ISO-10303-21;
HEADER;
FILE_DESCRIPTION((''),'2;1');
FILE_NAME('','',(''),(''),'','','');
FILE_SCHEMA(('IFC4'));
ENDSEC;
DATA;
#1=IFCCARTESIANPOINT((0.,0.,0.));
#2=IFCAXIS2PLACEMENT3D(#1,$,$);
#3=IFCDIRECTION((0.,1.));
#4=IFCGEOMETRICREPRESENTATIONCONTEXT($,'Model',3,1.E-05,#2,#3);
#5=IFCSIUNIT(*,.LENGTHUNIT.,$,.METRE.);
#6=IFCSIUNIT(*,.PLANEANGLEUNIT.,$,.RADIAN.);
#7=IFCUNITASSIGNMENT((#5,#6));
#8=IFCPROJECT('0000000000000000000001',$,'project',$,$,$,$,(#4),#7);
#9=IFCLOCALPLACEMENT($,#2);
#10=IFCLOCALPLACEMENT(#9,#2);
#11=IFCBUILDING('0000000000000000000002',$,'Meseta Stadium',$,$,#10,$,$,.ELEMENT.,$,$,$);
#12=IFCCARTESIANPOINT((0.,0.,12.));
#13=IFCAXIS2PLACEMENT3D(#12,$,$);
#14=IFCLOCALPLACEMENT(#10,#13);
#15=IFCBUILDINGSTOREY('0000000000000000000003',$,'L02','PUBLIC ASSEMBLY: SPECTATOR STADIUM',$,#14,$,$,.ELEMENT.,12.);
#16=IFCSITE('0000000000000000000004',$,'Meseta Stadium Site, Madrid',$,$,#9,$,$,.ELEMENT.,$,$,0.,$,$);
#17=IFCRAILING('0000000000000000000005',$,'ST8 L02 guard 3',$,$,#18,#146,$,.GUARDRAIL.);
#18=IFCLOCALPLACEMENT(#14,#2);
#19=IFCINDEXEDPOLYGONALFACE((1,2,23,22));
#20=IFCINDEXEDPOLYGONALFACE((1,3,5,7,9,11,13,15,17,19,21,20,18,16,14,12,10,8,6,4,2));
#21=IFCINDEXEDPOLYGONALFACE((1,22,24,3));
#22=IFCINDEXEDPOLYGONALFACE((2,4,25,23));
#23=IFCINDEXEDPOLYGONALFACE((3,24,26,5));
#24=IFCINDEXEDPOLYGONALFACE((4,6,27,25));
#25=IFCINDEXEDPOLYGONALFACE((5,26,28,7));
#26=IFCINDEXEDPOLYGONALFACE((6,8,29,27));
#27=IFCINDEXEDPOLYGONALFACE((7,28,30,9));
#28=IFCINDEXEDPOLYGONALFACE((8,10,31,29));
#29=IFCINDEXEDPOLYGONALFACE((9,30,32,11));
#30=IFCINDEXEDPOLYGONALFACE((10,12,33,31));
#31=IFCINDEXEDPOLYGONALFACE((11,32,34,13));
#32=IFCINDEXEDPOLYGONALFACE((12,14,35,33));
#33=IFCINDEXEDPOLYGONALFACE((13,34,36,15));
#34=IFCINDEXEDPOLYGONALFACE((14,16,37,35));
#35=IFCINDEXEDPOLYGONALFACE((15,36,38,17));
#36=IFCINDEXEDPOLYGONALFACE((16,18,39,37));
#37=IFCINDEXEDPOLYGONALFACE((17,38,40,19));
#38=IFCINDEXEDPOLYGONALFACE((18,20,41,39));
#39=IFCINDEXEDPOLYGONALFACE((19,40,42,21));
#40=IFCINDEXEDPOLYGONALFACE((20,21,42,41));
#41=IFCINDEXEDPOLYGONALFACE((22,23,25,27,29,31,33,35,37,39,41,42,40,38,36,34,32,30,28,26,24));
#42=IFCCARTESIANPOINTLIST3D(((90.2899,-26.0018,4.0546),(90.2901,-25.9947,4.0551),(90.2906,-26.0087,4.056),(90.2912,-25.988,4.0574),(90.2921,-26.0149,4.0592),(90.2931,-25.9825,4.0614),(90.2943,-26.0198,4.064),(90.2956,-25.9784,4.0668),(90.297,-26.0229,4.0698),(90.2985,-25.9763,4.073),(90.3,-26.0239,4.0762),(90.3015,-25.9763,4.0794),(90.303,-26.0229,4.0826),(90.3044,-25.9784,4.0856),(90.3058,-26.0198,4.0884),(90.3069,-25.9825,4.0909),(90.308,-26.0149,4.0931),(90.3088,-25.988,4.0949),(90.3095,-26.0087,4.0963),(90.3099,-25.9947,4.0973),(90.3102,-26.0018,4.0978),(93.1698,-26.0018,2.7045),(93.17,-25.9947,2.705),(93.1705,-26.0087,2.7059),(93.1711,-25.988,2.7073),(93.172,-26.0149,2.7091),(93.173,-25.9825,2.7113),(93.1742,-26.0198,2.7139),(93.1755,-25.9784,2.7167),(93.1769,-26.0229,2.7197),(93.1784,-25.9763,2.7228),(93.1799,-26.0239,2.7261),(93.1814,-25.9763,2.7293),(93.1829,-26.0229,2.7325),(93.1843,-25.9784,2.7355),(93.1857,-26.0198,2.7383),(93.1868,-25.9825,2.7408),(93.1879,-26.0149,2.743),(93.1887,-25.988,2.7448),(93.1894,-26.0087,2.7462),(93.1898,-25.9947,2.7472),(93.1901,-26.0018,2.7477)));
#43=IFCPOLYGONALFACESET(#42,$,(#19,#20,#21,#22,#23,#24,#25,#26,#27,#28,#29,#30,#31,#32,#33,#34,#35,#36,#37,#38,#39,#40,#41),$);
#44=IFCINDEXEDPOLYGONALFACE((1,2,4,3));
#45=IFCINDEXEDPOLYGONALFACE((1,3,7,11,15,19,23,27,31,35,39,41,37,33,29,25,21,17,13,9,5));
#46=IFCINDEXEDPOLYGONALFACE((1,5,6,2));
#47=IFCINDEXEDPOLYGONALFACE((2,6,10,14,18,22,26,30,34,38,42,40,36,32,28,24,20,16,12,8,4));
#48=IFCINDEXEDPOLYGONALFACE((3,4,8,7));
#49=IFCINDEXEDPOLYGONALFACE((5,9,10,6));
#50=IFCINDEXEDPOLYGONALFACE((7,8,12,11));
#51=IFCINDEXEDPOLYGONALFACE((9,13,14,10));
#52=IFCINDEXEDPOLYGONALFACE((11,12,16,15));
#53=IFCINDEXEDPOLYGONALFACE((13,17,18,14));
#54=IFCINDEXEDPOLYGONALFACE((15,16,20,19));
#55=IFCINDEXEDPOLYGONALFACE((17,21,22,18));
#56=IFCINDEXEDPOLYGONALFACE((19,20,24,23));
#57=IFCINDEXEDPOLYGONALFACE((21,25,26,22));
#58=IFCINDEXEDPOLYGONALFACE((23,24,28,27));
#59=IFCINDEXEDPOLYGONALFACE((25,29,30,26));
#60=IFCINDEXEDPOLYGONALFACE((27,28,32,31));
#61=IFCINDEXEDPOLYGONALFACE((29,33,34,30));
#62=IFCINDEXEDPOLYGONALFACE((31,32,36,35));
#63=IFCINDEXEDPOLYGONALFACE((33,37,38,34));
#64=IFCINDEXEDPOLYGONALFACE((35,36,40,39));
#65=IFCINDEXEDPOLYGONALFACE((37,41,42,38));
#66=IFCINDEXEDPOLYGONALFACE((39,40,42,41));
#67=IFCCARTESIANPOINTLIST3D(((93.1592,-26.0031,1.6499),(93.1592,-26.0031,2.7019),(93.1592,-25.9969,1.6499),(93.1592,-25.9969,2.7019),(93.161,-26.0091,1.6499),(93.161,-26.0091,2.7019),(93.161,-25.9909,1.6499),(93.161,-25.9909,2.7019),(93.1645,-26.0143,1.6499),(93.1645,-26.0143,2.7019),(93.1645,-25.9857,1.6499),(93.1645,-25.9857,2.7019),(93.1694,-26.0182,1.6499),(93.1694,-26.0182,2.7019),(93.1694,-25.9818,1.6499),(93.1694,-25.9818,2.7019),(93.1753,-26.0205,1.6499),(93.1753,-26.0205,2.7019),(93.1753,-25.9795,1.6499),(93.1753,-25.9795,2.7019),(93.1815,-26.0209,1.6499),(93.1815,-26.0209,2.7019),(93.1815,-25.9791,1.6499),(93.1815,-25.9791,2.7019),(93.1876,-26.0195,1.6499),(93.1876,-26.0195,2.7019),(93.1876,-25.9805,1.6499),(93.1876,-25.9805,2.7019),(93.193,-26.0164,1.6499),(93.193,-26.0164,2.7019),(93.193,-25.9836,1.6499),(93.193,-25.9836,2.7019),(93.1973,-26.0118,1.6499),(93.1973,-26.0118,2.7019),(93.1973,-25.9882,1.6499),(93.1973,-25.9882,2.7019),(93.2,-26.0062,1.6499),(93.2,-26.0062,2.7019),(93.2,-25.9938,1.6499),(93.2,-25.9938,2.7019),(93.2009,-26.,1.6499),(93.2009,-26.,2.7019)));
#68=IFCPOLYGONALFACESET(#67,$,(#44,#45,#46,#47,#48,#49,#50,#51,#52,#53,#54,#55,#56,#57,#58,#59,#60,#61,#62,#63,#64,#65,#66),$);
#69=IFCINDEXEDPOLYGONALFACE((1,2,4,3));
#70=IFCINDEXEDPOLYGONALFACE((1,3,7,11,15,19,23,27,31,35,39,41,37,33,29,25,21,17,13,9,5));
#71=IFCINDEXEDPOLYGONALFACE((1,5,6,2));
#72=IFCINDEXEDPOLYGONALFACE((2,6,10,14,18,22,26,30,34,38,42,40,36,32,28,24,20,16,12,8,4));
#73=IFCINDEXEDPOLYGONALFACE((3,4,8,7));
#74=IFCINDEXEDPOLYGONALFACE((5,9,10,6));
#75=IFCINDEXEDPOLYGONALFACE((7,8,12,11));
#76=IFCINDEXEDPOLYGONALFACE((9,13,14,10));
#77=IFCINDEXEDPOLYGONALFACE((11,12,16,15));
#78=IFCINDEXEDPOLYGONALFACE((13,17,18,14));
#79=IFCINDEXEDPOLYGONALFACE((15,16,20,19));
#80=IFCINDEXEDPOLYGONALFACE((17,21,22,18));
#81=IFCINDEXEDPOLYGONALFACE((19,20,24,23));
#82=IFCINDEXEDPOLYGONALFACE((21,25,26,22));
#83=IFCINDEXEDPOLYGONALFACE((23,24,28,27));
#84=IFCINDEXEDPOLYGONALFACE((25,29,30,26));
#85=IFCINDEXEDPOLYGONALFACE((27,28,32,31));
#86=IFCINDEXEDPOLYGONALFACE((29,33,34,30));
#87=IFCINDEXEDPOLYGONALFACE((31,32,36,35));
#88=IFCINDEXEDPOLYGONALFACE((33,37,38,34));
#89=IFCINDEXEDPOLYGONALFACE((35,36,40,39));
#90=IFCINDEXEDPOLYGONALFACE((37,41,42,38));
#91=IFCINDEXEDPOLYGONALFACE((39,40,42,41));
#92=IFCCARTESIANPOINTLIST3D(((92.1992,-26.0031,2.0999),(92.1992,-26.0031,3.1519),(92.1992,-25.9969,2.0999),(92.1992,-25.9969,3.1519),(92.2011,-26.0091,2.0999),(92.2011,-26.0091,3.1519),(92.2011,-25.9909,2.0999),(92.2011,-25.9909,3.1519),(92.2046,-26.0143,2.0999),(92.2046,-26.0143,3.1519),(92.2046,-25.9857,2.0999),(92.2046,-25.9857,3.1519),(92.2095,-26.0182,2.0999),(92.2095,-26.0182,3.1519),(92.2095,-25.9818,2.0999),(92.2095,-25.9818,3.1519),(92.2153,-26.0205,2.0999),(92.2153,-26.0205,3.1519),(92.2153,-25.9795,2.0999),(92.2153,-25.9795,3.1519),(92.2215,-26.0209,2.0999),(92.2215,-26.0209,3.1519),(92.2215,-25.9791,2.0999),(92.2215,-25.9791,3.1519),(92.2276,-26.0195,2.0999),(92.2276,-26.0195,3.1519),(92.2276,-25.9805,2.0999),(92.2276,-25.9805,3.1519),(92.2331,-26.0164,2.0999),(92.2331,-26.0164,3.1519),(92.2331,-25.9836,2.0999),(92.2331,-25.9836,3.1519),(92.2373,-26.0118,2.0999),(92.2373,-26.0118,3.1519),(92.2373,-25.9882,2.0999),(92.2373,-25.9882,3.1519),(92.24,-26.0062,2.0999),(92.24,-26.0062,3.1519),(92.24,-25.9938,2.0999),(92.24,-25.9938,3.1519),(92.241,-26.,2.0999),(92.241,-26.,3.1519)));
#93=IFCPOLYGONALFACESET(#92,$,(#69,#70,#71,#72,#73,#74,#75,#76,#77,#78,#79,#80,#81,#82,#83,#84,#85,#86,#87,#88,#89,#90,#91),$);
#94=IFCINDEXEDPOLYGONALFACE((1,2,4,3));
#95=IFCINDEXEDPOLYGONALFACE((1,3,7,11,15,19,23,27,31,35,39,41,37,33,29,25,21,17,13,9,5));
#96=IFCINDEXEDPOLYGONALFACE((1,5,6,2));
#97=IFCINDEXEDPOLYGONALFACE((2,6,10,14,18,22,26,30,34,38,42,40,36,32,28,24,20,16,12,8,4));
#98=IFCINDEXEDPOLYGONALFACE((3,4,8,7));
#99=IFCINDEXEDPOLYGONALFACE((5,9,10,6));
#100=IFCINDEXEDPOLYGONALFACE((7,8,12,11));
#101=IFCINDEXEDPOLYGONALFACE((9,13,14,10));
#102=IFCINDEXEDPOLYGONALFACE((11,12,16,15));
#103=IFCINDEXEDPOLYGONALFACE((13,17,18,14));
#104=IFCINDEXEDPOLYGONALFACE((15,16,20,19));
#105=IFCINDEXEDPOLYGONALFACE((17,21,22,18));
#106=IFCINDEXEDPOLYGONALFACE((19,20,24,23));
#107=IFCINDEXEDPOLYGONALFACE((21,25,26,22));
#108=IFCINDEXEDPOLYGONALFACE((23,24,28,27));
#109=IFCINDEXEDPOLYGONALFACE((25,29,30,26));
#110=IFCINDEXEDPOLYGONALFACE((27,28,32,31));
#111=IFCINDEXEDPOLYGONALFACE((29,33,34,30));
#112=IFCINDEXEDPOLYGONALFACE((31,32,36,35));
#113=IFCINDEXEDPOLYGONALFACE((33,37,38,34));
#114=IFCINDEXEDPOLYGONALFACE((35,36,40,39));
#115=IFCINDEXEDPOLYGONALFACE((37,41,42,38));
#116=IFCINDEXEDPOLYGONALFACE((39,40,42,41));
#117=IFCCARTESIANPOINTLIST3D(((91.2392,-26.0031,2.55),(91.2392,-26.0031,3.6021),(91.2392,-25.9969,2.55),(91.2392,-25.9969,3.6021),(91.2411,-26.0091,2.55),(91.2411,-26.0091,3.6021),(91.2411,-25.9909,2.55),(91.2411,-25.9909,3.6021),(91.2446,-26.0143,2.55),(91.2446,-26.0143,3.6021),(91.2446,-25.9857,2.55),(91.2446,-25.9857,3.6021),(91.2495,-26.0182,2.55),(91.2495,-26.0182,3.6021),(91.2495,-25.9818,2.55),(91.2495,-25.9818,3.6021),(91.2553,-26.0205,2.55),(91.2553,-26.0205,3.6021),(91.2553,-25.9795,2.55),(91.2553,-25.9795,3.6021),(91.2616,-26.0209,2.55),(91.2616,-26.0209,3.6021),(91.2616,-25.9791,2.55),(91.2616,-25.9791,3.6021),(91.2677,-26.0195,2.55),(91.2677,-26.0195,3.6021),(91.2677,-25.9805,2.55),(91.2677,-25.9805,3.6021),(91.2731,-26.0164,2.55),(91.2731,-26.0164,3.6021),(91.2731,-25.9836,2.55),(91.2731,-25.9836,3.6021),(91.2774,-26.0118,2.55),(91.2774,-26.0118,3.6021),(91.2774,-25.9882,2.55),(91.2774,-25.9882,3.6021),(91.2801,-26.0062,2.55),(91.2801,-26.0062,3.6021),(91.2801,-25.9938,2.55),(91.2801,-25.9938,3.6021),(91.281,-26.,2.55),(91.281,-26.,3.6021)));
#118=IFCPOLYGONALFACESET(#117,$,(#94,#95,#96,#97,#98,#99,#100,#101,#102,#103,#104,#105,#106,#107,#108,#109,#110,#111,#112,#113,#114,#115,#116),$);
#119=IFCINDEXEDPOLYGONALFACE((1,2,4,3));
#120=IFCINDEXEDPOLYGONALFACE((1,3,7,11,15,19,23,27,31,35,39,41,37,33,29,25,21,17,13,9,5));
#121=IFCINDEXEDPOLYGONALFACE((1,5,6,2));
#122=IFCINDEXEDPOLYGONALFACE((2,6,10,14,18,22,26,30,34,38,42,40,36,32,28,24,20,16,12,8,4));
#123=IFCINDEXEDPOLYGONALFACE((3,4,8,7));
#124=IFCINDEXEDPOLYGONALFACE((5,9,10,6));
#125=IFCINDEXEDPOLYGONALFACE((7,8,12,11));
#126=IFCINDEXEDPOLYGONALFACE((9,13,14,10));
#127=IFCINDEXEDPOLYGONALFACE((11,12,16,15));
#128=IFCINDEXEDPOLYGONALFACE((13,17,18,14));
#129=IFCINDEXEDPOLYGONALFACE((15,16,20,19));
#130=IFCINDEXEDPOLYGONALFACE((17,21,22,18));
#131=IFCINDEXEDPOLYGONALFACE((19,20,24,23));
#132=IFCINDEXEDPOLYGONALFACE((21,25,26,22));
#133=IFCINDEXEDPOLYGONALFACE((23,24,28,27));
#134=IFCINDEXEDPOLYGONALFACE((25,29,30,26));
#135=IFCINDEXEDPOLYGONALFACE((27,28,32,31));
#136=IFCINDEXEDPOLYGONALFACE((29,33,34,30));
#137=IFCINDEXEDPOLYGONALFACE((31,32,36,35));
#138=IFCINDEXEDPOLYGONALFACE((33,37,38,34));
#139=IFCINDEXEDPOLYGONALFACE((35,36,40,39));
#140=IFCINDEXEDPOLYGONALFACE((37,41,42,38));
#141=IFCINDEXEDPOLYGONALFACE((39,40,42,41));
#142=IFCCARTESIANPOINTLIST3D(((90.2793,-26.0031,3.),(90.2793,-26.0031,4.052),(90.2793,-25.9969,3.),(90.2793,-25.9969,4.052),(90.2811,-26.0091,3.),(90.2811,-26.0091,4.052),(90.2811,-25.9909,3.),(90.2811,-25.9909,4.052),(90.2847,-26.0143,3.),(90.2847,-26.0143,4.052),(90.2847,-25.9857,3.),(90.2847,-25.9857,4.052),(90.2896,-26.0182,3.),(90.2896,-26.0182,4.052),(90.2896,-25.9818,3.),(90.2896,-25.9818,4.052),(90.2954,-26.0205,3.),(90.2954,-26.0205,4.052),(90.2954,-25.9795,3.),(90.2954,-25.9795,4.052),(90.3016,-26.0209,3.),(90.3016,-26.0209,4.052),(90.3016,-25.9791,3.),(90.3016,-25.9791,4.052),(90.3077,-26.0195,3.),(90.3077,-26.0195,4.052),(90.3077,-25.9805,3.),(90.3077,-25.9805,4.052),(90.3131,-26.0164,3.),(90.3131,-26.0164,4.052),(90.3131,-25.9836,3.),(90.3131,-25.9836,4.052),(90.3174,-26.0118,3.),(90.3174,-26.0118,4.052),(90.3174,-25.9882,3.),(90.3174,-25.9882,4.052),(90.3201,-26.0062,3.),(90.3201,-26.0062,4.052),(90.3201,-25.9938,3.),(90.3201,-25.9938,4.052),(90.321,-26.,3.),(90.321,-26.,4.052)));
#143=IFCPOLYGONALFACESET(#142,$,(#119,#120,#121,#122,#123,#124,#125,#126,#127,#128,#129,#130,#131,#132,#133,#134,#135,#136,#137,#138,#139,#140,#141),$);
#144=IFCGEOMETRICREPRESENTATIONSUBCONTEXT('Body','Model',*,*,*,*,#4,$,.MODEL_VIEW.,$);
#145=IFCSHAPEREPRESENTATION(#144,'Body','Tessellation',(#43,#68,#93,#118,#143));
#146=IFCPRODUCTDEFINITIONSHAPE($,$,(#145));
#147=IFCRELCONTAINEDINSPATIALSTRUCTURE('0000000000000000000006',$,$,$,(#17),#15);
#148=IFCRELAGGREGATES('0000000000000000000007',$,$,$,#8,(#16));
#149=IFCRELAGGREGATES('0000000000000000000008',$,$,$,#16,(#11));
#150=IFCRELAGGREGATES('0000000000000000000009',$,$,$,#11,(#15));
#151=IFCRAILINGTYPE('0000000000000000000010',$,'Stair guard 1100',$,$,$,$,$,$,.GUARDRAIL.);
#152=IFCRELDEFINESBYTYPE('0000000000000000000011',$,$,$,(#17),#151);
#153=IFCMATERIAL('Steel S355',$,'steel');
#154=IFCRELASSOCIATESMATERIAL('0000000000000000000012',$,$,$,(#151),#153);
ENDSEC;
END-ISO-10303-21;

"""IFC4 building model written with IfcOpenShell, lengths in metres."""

from ifc_helpers import new_model, si_unit, direction, frame, origin, origin_2d, place, context, subcontext, project, spatial, circle, extrude, material, type_object, element, save


model = new_model("IFC4")

# Units and contexts
model_context = context("Model", 3, precision=1e-05, world=origin(), true_north=direction((0.0, 1.0)))
body_context = subcontext(model_context, "Body", "Model", "MODEL_VIEW")
ifc_project = project(units=[si_unit("LENGTHUNIT", "METRE"), si_unit("PLANEANGLEUNIT", "RADIAN")], contexts=[model_context])

# Site, building, storey
site_placement = place(None, origin())
site = spatial("IfcSite", under=ifc_project, at=site_placement, Name="Meseta Stadium Site, Madrid", CompositionType="ELEMENT", RefElevation=0.0)
building_placement = place(site_placement, origin())
building = spatial("IfcBuilding", under=site, at=building_placement, Name="Meseta Stadium", CompositionType="ELEMENT")
storey_placement = place(building_placement, frame((0.0, 0.0, 12.0)))
storey = spatial("IfcBuildingStorey", under=building, at=storey_placement, Name="L02", Description="PUBLIC ASSEMBLY: SPECTATOR STADIUM", CompositionType="ELEMENT", Elevation=12.0)

# Railing
ifc_material_1 = material(Name="Steel S355", Category="steel")
railing_type_1 = type_object("IfcRailingType", Name="Stair guard 1100", PredefinedType="GUARDRAIL", material=ifc_material_1)
railing_1_placement = place(storey_placement, frame((93.1799, -26.0, 1.6499)))
element("IfcRailing", 1, at=railing_1_placement, inside=storey, type_object=railing_type_1, Name="ST8 L02 guard 3", PredefinedType="GUARDRAIL", context=body_context, shape_type="SweptSolid", body=[
    extrude(circle(Radius=0.0239, at=origin_2d()), frame((0.0, 0.0, 1.0762), z_axis=(-0.90544, 0.0, 0.424473), x_axis=(0.0, -1.0, 0.0)), (0.0, 0.0, 1.0), 3.1807),
    extrude(circle(Radius=0.021, at=origin_2d()), origin(), (0.0, 0.0, 1.0), 1.052),
    extrude(circle(Radius=0.021, at=origin_2d()), frame((-0.96, 0.0, 0.45)), (0.0, 0.0, 1.0), 1.052),
    extrude(circle(Radius=0.021, at=origin_2d()), frame((-1.9199, 0.0, 0.9001)), (0.0, 0.0, 1.0), 1.052),
    extrude(circle(Radius=0.021, at=origin_2d()), frame((-2.8799, 0.0, 1.3501)), (0.0, 0.0, 1.0), 1.052),
])

save(model, "model.ifc")
